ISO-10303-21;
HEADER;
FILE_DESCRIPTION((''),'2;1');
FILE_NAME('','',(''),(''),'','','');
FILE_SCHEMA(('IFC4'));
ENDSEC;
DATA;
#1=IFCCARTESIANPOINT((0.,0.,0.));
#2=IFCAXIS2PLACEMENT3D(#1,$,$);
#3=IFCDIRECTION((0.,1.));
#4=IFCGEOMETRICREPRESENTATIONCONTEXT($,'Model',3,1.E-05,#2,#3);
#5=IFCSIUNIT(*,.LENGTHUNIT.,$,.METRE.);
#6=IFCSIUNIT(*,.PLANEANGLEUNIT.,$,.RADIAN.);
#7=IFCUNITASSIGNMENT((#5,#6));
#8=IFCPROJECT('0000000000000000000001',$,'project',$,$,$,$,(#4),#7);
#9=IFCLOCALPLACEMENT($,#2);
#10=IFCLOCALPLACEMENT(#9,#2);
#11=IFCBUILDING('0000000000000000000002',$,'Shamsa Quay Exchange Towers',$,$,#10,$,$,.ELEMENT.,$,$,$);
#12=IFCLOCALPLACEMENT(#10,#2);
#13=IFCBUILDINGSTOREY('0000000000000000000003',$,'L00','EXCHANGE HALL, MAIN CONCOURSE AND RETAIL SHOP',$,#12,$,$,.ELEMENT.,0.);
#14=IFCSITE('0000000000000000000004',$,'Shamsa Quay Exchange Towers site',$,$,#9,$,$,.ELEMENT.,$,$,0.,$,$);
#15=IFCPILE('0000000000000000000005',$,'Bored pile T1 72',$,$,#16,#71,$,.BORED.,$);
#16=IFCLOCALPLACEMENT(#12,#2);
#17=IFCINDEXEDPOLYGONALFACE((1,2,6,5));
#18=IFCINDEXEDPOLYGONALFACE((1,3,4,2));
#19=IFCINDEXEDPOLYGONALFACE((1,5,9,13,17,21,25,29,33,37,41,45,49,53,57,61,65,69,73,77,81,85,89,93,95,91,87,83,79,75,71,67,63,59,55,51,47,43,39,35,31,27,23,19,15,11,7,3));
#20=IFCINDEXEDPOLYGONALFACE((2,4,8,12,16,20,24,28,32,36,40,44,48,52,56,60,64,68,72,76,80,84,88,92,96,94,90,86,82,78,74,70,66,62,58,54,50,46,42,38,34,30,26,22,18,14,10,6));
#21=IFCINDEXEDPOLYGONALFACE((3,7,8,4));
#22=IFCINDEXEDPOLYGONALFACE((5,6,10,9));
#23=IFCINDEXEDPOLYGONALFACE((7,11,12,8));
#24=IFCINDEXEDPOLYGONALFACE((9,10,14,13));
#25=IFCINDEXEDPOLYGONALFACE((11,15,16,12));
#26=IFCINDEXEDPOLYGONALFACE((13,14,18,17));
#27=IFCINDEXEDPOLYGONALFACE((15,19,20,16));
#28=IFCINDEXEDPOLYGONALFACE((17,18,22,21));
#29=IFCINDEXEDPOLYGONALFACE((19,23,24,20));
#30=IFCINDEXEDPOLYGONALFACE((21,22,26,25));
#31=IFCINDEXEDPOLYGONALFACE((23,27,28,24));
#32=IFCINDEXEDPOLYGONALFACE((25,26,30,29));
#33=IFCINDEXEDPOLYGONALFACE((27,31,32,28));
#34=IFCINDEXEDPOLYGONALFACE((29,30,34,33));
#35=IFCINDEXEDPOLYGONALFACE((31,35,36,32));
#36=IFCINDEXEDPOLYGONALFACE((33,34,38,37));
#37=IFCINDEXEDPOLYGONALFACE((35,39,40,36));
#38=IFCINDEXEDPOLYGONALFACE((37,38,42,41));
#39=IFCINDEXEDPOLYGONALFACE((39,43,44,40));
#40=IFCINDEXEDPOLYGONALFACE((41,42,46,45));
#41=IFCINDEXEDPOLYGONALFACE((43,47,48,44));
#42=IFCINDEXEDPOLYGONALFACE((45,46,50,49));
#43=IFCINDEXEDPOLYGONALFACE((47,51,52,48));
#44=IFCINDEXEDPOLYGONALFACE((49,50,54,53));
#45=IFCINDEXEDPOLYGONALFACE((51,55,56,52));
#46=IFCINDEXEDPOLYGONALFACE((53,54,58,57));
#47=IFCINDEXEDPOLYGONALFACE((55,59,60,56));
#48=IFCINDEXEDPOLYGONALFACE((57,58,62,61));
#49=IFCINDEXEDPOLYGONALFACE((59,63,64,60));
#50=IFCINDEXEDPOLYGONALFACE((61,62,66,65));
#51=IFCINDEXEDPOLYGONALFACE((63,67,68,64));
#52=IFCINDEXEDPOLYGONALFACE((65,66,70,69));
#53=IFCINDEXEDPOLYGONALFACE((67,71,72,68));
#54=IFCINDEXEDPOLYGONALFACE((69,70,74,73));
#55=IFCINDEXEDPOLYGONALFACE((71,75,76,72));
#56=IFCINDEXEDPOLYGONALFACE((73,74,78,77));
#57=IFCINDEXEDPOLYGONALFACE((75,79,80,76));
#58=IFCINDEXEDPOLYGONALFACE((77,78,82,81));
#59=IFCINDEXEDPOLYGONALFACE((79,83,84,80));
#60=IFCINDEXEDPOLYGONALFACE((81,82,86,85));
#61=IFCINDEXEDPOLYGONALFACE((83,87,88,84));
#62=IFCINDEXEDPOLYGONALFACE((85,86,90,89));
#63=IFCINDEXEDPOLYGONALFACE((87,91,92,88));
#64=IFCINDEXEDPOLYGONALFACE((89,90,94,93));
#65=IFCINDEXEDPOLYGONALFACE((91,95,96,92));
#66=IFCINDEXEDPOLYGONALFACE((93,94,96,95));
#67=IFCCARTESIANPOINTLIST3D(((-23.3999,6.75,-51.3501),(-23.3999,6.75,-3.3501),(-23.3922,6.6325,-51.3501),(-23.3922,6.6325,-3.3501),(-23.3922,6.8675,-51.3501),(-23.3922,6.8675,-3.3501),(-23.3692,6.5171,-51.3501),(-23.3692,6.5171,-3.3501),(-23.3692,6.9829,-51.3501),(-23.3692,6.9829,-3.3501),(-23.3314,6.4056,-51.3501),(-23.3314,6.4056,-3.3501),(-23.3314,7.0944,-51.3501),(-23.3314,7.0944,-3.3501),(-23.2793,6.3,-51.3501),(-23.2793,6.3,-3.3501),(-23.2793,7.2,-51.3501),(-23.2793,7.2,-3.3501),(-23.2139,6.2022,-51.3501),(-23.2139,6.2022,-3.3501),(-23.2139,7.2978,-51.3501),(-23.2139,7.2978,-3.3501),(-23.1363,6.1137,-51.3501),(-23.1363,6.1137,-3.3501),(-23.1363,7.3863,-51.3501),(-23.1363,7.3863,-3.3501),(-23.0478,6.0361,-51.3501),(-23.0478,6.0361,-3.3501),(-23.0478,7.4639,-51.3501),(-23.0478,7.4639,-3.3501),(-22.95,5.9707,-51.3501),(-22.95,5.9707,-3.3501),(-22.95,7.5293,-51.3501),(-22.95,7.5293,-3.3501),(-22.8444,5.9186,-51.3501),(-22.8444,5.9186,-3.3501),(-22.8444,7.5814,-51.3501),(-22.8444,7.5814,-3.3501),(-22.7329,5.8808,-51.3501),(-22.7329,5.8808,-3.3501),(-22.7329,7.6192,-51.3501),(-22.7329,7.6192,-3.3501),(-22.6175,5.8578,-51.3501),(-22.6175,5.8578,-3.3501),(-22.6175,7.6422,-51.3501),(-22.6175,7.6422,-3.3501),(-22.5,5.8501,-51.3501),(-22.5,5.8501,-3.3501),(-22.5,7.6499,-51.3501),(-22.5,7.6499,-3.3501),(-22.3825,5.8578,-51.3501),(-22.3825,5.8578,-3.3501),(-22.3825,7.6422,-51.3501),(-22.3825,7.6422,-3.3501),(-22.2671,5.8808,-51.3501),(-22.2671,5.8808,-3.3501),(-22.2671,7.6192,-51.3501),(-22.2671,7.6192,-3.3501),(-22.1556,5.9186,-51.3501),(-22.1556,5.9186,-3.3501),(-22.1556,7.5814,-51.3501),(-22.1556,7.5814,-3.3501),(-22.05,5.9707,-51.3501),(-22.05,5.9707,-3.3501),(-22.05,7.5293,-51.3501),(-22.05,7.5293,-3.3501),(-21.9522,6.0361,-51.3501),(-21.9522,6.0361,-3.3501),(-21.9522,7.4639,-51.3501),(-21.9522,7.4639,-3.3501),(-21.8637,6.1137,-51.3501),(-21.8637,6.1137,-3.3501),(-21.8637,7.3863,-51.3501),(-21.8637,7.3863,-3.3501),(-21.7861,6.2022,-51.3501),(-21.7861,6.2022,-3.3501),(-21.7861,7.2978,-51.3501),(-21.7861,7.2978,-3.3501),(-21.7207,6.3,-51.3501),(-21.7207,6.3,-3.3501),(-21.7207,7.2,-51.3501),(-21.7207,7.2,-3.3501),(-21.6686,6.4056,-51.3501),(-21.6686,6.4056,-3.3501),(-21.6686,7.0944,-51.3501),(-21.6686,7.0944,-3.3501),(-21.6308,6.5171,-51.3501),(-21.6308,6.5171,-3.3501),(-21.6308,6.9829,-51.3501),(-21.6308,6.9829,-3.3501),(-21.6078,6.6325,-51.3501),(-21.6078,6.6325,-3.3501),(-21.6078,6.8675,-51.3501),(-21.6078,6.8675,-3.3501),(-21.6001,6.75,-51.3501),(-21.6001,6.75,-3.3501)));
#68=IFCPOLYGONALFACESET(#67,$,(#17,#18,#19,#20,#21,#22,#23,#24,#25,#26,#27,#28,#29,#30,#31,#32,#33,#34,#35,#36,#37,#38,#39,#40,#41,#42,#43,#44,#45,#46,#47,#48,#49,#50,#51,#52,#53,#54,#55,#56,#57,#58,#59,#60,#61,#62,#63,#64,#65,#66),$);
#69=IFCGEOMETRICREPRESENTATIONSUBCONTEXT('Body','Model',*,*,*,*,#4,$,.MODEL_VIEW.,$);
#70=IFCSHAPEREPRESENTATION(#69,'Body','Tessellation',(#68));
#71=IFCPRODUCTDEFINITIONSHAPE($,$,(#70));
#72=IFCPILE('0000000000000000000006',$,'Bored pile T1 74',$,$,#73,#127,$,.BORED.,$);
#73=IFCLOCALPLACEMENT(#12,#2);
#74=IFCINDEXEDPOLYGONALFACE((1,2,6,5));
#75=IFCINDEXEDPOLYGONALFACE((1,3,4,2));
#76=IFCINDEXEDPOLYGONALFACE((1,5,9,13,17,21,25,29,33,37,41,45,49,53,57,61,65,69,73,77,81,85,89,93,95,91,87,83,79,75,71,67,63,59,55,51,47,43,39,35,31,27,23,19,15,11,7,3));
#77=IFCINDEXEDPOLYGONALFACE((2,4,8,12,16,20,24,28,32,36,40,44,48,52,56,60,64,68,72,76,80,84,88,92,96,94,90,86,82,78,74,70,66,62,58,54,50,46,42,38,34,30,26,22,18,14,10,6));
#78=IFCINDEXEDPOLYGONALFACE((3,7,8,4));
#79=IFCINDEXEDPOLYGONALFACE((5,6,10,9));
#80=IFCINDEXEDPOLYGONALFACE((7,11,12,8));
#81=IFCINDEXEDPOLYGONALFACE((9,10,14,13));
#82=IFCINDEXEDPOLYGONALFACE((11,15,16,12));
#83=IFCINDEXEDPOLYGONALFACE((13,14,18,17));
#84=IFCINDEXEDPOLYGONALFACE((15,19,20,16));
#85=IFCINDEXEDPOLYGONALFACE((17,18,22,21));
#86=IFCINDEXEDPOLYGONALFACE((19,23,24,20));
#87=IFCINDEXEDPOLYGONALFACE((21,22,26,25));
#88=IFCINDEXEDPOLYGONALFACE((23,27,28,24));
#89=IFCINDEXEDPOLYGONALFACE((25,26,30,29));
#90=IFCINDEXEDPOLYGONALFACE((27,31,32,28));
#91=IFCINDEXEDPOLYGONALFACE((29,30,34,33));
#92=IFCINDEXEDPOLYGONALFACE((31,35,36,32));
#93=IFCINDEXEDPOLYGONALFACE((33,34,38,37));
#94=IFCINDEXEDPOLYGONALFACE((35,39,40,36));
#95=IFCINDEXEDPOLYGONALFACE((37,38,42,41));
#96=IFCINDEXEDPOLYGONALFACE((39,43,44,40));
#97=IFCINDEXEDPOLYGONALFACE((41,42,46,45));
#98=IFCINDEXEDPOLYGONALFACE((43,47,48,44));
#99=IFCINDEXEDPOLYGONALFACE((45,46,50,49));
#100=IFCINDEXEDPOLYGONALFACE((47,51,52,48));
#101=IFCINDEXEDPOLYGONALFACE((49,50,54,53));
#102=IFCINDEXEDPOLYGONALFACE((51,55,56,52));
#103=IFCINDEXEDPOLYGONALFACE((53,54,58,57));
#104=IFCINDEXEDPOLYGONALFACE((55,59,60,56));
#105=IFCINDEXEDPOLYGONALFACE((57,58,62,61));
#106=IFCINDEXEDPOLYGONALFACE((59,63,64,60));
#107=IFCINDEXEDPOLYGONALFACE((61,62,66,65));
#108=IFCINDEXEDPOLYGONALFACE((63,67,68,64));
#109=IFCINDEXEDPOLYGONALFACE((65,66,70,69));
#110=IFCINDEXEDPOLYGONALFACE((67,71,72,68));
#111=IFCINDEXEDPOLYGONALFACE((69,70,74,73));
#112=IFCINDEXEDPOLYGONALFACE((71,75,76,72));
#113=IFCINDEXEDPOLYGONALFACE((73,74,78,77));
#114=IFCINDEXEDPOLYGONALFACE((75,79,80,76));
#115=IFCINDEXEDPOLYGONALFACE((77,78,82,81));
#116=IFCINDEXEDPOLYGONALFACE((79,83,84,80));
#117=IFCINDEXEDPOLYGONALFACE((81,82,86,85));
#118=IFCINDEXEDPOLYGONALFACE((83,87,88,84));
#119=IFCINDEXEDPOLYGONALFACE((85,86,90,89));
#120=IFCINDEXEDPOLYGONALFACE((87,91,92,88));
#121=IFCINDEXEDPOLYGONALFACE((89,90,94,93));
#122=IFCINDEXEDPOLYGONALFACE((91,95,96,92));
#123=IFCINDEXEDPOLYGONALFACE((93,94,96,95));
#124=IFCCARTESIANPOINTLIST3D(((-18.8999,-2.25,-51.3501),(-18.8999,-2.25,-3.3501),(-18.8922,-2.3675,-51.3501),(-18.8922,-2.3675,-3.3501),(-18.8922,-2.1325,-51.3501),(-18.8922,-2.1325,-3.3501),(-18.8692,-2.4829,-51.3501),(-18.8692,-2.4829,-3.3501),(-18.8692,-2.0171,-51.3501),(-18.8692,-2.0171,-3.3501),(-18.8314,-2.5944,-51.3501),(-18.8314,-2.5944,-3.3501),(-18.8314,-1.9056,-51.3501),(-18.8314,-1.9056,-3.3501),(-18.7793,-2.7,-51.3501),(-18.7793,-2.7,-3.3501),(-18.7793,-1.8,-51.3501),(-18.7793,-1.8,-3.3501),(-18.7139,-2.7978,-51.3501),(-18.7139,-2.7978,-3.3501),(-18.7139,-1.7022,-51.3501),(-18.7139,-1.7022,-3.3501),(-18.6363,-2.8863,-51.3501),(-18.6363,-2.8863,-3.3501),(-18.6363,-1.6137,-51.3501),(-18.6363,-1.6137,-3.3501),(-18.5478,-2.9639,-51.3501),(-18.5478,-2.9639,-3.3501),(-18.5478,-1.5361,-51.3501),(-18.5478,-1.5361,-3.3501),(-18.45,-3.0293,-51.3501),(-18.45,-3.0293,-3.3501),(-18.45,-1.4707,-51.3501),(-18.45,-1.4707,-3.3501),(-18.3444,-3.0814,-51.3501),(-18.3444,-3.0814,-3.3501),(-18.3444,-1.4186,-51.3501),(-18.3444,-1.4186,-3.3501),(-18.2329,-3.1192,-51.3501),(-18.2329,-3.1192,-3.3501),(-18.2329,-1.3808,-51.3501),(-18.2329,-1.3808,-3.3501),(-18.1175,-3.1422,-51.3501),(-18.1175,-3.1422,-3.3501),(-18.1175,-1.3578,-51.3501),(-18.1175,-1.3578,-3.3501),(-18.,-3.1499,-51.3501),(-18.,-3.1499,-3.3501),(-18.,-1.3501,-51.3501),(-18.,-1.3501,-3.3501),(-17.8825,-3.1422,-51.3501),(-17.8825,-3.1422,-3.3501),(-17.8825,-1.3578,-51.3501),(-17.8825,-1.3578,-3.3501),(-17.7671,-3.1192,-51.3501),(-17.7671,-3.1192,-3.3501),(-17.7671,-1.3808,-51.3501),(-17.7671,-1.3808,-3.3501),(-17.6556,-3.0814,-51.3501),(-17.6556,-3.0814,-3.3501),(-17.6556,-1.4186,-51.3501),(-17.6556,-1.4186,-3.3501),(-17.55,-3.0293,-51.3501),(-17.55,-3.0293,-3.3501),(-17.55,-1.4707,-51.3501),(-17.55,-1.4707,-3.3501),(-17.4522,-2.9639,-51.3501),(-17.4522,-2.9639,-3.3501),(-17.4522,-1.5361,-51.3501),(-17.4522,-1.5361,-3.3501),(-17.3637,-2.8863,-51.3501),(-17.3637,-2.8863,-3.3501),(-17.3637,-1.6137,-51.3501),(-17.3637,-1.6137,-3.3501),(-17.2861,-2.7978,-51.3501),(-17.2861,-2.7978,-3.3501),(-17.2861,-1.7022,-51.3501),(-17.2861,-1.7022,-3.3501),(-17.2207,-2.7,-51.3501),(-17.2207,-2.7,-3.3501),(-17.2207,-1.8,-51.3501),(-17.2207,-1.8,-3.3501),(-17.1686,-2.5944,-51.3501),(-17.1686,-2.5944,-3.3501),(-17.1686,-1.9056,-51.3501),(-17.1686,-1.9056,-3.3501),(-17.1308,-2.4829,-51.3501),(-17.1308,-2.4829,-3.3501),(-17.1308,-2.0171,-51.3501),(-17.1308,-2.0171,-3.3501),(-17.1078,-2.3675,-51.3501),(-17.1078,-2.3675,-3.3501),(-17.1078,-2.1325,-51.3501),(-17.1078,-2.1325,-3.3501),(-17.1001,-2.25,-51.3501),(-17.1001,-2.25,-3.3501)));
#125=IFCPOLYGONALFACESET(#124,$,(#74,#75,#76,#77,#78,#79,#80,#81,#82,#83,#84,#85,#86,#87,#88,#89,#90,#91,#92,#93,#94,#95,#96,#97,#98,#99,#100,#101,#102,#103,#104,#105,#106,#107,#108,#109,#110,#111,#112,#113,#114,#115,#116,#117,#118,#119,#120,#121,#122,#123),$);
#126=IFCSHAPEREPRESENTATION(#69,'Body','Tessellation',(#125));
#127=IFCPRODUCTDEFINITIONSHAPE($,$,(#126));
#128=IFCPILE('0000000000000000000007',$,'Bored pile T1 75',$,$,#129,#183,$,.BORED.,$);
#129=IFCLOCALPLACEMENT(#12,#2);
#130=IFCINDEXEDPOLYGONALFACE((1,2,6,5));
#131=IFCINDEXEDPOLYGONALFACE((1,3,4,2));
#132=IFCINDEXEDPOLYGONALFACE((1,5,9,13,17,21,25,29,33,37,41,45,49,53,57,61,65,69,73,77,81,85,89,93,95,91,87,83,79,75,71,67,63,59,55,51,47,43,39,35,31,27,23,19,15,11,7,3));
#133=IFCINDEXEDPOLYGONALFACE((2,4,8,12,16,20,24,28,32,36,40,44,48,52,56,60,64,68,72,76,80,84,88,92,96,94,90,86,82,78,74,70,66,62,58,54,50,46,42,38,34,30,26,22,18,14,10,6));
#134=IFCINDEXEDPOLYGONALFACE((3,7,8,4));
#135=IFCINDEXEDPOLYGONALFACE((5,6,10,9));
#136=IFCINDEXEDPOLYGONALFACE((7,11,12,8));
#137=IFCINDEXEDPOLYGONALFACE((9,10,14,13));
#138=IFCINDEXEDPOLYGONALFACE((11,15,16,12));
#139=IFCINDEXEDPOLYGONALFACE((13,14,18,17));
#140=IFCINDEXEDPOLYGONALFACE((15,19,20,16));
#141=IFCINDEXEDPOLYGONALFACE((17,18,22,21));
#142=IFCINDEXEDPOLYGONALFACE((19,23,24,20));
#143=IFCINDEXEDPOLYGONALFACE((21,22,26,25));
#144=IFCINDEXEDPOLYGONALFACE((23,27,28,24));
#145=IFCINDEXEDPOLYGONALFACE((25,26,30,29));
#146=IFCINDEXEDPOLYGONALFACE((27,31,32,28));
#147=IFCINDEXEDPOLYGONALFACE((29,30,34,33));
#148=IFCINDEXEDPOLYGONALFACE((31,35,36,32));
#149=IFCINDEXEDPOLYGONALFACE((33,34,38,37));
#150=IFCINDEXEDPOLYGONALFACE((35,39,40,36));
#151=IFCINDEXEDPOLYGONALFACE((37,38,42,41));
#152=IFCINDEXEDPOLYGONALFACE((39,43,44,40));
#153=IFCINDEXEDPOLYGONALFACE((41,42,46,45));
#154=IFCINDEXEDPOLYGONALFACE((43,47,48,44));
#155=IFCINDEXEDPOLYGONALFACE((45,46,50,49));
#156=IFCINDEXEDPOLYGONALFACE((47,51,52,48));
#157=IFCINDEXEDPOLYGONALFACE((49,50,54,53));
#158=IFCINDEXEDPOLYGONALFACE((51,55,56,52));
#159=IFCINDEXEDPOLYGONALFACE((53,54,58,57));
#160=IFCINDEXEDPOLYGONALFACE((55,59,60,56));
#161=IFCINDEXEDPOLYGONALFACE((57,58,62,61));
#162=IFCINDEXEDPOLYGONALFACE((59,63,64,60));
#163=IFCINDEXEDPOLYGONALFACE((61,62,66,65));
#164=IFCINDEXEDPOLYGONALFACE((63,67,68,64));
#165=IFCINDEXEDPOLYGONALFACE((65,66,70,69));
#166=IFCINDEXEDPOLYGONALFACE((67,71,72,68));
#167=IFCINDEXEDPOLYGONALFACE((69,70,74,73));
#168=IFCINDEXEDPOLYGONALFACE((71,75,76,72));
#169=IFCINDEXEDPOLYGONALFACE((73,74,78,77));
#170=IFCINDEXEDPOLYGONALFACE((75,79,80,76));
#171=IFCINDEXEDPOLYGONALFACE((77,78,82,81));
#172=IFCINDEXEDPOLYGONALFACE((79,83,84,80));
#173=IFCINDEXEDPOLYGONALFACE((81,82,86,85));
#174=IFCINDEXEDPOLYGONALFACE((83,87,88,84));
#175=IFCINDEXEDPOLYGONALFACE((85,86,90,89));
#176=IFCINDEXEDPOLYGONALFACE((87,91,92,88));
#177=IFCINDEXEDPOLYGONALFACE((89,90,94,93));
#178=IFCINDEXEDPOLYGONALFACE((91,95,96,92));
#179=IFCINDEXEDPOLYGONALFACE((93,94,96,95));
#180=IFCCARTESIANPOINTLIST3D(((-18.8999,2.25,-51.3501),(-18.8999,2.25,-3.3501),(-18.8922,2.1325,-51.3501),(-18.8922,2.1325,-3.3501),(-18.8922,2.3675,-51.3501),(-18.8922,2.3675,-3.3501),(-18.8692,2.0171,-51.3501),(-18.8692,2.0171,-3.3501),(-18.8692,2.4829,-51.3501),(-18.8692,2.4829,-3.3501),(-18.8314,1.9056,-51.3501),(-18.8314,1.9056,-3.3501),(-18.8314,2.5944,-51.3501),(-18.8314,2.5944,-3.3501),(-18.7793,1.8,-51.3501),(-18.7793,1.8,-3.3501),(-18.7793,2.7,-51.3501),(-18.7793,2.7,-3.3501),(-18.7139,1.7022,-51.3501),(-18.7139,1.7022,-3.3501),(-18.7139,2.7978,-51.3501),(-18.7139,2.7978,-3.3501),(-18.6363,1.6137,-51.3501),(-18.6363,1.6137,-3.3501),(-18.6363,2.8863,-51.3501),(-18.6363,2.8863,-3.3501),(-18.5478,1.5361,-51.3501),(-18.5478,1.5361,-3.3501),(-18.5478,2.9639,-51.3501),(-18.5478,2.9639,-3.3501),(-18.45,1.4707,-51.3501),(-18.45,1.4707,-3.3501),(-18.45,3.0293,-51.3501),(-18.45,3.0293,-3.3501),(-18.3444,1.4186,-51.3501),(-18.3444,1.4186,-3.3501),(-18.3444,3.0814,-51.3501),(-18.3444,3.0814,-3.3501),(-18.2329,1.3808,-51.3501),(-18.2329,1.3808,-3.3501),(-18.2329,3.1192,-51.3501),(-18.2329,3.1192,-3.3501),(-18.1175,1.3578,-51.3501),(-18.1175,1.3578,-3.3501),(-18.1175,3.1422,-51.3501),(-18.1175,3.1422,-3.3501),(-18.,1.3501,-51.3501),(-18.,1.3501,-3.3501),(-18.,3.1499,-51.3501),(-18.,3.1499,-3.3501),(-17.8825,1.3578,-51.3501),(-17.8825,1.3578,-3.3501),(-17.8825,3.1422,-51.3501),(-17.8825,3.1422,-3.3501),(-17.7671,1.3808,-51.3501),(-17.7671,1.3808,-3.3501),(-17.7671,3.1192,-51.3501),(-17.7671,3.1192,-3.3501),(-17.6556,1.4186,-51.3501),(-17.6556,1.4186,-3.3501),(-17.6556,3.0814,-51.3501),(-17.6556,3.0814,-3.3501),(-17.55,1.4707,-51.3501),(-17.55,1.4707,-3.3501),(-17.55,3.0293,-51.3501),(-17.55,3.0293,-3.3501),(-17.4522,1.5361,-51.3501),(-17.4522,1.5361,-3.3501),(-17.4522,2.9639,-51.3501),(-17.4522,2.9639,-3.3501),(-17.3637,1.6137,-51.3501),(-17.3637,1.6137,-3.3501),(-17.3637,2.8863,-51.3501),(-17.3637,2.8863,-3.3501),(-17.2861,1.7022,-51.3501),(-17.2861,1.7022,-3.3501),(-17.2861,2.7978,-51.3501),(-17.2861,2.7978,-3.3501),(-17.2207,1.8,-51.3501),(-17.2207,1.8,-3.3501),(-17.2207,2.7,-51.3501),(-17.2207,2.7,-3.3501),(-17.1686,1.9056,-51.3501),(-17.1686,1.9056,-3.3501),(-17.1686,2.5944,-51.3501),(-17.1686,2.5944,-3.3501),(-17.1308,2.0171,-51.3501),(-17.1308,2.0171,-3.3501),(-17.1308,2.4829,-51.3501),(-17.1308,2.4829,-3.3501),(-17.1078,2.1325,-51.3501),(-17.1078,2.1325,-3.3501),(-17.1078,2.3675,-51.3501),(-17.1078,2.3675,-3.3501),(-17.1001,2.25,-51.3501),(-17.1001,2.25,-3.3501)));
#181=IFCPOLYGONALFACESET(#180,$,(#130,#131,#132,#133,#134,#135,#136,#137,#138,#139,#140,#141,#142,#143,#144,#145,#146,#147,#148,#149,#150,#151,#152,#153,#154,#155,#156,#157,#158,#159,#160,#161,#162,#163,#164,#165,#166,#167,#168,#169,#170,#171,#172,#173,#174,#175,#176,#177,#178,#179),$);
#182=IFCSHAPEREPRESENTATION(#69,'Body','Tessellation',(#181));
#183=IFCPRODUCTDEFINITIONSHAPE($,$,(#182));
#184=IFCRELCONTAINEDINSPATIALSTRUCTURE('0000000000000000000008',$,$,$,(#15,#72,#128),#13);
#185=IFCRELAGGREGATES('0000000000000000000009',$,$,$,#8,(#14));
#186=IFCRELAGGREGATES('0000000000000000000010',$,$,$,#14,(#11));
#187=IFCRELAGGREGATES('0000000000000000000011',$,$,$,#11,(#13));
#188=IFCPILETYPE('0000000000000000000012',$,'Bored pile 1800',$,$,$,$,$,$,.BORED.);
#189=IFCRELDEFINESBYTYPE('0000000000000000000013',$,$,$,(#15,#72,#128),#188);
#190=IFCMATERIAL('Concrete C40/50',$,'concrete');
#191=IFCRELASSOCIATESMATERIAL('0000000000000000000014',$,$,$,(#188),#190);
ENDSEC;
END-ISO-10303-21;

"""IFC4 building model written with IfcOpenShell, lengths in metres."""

from ifc_helpers import new_model, si_unit, direction, frame, origin, origin_2d, place, context, subcontext, project, spatial, circle, extrude, material, material_profile, profile_set, type_object, element, save


model = new_model("IFC4")

# Units and contexts
model_context = context("Model", 3, precision=1e-05, world=origin(), true_north=direction((0.0, 1.0)))
body_context = subcontext(model_context, "Body", "Model", "MODEL_VIEW")
ifc_project = project(units=[si_unit("LENGTHUNIT", "METRE"), si_unit("PLANEANGLEUNIT", "RADIAN")], contexts=[model_context])

# Site, building, storey
site_placement = place(None, origin())
site = spatial("IfcSite", under=ifc_project, at=site_placement, Name="Shamsa Quay Exchange Towers site", CompositionType="ELEMENT", RefElevation=0.0)
building_placement = place(site_placement, origin())
building = spatial("IfcBuilding", under=site, at=building_placement, Name="Shamsa Quay Exchange Towers", CompositionType="ELEMENT")
storey_placement = place(building_placement, origin())
storey = spatial("IfcBuildingStorey", under=building, at=storey_placement, Name="L00", Description="EXCHANGE HALL, MAIN CONCOURSE AND RETAIL SHOP", CompositionType="ELEMENT", Elevation=0.0)

# Piles
ifc_material_1 = material(Name="Concrete C40/50", Category="concrete")
ifc_material_profile_1 = material_profile(ifc_material_1, circle(Radius=0.8999, at=origin_2d()), Name="BP1800")
ifc_profile_set_1 = profile_set([ifc_material_profile_1], Name="Concrete C40/50")
pile_type_1 = type_object("IfcPileType", Name="Bored pile 1800", PredefinedType="BORED", material=ifc_profile_set_1)
for number, where, z_axis, x_axis, name in (
    (1, (-22.5, 6.75, -3.3501), (0.0, 0.0, -1.0), (1.0, 0.0, 0.0), "Bored pile T1 72"),
    (2, (-18.0, -2.25, -3.3501), (0.0, 0.0, -1.0), (1.0, 0.0, 0.0), "Bored pile T1 74"),
    (3, (-18.0, 2.25, -3.3501), (0.0, 0.0, -1.0), (1.0, 0.0, 0.0), "Bored pile T1 75"),
):
    element("IfcPile", number, at=place(storey_placement, frame(where, z_axis=z_axis, x_axis=x_axis)), inside=storey, type_object=pile_type_1, Name=name, PredefinedType="BORED", context=body_context, shape_type="SweptSolid", body=[
        extrude(circle(Radius=0.8999, at=origin_2d()), origin(), (0.0, 0.0, 1.0), 48.0),
    ])

save(model, "model.ifc")
